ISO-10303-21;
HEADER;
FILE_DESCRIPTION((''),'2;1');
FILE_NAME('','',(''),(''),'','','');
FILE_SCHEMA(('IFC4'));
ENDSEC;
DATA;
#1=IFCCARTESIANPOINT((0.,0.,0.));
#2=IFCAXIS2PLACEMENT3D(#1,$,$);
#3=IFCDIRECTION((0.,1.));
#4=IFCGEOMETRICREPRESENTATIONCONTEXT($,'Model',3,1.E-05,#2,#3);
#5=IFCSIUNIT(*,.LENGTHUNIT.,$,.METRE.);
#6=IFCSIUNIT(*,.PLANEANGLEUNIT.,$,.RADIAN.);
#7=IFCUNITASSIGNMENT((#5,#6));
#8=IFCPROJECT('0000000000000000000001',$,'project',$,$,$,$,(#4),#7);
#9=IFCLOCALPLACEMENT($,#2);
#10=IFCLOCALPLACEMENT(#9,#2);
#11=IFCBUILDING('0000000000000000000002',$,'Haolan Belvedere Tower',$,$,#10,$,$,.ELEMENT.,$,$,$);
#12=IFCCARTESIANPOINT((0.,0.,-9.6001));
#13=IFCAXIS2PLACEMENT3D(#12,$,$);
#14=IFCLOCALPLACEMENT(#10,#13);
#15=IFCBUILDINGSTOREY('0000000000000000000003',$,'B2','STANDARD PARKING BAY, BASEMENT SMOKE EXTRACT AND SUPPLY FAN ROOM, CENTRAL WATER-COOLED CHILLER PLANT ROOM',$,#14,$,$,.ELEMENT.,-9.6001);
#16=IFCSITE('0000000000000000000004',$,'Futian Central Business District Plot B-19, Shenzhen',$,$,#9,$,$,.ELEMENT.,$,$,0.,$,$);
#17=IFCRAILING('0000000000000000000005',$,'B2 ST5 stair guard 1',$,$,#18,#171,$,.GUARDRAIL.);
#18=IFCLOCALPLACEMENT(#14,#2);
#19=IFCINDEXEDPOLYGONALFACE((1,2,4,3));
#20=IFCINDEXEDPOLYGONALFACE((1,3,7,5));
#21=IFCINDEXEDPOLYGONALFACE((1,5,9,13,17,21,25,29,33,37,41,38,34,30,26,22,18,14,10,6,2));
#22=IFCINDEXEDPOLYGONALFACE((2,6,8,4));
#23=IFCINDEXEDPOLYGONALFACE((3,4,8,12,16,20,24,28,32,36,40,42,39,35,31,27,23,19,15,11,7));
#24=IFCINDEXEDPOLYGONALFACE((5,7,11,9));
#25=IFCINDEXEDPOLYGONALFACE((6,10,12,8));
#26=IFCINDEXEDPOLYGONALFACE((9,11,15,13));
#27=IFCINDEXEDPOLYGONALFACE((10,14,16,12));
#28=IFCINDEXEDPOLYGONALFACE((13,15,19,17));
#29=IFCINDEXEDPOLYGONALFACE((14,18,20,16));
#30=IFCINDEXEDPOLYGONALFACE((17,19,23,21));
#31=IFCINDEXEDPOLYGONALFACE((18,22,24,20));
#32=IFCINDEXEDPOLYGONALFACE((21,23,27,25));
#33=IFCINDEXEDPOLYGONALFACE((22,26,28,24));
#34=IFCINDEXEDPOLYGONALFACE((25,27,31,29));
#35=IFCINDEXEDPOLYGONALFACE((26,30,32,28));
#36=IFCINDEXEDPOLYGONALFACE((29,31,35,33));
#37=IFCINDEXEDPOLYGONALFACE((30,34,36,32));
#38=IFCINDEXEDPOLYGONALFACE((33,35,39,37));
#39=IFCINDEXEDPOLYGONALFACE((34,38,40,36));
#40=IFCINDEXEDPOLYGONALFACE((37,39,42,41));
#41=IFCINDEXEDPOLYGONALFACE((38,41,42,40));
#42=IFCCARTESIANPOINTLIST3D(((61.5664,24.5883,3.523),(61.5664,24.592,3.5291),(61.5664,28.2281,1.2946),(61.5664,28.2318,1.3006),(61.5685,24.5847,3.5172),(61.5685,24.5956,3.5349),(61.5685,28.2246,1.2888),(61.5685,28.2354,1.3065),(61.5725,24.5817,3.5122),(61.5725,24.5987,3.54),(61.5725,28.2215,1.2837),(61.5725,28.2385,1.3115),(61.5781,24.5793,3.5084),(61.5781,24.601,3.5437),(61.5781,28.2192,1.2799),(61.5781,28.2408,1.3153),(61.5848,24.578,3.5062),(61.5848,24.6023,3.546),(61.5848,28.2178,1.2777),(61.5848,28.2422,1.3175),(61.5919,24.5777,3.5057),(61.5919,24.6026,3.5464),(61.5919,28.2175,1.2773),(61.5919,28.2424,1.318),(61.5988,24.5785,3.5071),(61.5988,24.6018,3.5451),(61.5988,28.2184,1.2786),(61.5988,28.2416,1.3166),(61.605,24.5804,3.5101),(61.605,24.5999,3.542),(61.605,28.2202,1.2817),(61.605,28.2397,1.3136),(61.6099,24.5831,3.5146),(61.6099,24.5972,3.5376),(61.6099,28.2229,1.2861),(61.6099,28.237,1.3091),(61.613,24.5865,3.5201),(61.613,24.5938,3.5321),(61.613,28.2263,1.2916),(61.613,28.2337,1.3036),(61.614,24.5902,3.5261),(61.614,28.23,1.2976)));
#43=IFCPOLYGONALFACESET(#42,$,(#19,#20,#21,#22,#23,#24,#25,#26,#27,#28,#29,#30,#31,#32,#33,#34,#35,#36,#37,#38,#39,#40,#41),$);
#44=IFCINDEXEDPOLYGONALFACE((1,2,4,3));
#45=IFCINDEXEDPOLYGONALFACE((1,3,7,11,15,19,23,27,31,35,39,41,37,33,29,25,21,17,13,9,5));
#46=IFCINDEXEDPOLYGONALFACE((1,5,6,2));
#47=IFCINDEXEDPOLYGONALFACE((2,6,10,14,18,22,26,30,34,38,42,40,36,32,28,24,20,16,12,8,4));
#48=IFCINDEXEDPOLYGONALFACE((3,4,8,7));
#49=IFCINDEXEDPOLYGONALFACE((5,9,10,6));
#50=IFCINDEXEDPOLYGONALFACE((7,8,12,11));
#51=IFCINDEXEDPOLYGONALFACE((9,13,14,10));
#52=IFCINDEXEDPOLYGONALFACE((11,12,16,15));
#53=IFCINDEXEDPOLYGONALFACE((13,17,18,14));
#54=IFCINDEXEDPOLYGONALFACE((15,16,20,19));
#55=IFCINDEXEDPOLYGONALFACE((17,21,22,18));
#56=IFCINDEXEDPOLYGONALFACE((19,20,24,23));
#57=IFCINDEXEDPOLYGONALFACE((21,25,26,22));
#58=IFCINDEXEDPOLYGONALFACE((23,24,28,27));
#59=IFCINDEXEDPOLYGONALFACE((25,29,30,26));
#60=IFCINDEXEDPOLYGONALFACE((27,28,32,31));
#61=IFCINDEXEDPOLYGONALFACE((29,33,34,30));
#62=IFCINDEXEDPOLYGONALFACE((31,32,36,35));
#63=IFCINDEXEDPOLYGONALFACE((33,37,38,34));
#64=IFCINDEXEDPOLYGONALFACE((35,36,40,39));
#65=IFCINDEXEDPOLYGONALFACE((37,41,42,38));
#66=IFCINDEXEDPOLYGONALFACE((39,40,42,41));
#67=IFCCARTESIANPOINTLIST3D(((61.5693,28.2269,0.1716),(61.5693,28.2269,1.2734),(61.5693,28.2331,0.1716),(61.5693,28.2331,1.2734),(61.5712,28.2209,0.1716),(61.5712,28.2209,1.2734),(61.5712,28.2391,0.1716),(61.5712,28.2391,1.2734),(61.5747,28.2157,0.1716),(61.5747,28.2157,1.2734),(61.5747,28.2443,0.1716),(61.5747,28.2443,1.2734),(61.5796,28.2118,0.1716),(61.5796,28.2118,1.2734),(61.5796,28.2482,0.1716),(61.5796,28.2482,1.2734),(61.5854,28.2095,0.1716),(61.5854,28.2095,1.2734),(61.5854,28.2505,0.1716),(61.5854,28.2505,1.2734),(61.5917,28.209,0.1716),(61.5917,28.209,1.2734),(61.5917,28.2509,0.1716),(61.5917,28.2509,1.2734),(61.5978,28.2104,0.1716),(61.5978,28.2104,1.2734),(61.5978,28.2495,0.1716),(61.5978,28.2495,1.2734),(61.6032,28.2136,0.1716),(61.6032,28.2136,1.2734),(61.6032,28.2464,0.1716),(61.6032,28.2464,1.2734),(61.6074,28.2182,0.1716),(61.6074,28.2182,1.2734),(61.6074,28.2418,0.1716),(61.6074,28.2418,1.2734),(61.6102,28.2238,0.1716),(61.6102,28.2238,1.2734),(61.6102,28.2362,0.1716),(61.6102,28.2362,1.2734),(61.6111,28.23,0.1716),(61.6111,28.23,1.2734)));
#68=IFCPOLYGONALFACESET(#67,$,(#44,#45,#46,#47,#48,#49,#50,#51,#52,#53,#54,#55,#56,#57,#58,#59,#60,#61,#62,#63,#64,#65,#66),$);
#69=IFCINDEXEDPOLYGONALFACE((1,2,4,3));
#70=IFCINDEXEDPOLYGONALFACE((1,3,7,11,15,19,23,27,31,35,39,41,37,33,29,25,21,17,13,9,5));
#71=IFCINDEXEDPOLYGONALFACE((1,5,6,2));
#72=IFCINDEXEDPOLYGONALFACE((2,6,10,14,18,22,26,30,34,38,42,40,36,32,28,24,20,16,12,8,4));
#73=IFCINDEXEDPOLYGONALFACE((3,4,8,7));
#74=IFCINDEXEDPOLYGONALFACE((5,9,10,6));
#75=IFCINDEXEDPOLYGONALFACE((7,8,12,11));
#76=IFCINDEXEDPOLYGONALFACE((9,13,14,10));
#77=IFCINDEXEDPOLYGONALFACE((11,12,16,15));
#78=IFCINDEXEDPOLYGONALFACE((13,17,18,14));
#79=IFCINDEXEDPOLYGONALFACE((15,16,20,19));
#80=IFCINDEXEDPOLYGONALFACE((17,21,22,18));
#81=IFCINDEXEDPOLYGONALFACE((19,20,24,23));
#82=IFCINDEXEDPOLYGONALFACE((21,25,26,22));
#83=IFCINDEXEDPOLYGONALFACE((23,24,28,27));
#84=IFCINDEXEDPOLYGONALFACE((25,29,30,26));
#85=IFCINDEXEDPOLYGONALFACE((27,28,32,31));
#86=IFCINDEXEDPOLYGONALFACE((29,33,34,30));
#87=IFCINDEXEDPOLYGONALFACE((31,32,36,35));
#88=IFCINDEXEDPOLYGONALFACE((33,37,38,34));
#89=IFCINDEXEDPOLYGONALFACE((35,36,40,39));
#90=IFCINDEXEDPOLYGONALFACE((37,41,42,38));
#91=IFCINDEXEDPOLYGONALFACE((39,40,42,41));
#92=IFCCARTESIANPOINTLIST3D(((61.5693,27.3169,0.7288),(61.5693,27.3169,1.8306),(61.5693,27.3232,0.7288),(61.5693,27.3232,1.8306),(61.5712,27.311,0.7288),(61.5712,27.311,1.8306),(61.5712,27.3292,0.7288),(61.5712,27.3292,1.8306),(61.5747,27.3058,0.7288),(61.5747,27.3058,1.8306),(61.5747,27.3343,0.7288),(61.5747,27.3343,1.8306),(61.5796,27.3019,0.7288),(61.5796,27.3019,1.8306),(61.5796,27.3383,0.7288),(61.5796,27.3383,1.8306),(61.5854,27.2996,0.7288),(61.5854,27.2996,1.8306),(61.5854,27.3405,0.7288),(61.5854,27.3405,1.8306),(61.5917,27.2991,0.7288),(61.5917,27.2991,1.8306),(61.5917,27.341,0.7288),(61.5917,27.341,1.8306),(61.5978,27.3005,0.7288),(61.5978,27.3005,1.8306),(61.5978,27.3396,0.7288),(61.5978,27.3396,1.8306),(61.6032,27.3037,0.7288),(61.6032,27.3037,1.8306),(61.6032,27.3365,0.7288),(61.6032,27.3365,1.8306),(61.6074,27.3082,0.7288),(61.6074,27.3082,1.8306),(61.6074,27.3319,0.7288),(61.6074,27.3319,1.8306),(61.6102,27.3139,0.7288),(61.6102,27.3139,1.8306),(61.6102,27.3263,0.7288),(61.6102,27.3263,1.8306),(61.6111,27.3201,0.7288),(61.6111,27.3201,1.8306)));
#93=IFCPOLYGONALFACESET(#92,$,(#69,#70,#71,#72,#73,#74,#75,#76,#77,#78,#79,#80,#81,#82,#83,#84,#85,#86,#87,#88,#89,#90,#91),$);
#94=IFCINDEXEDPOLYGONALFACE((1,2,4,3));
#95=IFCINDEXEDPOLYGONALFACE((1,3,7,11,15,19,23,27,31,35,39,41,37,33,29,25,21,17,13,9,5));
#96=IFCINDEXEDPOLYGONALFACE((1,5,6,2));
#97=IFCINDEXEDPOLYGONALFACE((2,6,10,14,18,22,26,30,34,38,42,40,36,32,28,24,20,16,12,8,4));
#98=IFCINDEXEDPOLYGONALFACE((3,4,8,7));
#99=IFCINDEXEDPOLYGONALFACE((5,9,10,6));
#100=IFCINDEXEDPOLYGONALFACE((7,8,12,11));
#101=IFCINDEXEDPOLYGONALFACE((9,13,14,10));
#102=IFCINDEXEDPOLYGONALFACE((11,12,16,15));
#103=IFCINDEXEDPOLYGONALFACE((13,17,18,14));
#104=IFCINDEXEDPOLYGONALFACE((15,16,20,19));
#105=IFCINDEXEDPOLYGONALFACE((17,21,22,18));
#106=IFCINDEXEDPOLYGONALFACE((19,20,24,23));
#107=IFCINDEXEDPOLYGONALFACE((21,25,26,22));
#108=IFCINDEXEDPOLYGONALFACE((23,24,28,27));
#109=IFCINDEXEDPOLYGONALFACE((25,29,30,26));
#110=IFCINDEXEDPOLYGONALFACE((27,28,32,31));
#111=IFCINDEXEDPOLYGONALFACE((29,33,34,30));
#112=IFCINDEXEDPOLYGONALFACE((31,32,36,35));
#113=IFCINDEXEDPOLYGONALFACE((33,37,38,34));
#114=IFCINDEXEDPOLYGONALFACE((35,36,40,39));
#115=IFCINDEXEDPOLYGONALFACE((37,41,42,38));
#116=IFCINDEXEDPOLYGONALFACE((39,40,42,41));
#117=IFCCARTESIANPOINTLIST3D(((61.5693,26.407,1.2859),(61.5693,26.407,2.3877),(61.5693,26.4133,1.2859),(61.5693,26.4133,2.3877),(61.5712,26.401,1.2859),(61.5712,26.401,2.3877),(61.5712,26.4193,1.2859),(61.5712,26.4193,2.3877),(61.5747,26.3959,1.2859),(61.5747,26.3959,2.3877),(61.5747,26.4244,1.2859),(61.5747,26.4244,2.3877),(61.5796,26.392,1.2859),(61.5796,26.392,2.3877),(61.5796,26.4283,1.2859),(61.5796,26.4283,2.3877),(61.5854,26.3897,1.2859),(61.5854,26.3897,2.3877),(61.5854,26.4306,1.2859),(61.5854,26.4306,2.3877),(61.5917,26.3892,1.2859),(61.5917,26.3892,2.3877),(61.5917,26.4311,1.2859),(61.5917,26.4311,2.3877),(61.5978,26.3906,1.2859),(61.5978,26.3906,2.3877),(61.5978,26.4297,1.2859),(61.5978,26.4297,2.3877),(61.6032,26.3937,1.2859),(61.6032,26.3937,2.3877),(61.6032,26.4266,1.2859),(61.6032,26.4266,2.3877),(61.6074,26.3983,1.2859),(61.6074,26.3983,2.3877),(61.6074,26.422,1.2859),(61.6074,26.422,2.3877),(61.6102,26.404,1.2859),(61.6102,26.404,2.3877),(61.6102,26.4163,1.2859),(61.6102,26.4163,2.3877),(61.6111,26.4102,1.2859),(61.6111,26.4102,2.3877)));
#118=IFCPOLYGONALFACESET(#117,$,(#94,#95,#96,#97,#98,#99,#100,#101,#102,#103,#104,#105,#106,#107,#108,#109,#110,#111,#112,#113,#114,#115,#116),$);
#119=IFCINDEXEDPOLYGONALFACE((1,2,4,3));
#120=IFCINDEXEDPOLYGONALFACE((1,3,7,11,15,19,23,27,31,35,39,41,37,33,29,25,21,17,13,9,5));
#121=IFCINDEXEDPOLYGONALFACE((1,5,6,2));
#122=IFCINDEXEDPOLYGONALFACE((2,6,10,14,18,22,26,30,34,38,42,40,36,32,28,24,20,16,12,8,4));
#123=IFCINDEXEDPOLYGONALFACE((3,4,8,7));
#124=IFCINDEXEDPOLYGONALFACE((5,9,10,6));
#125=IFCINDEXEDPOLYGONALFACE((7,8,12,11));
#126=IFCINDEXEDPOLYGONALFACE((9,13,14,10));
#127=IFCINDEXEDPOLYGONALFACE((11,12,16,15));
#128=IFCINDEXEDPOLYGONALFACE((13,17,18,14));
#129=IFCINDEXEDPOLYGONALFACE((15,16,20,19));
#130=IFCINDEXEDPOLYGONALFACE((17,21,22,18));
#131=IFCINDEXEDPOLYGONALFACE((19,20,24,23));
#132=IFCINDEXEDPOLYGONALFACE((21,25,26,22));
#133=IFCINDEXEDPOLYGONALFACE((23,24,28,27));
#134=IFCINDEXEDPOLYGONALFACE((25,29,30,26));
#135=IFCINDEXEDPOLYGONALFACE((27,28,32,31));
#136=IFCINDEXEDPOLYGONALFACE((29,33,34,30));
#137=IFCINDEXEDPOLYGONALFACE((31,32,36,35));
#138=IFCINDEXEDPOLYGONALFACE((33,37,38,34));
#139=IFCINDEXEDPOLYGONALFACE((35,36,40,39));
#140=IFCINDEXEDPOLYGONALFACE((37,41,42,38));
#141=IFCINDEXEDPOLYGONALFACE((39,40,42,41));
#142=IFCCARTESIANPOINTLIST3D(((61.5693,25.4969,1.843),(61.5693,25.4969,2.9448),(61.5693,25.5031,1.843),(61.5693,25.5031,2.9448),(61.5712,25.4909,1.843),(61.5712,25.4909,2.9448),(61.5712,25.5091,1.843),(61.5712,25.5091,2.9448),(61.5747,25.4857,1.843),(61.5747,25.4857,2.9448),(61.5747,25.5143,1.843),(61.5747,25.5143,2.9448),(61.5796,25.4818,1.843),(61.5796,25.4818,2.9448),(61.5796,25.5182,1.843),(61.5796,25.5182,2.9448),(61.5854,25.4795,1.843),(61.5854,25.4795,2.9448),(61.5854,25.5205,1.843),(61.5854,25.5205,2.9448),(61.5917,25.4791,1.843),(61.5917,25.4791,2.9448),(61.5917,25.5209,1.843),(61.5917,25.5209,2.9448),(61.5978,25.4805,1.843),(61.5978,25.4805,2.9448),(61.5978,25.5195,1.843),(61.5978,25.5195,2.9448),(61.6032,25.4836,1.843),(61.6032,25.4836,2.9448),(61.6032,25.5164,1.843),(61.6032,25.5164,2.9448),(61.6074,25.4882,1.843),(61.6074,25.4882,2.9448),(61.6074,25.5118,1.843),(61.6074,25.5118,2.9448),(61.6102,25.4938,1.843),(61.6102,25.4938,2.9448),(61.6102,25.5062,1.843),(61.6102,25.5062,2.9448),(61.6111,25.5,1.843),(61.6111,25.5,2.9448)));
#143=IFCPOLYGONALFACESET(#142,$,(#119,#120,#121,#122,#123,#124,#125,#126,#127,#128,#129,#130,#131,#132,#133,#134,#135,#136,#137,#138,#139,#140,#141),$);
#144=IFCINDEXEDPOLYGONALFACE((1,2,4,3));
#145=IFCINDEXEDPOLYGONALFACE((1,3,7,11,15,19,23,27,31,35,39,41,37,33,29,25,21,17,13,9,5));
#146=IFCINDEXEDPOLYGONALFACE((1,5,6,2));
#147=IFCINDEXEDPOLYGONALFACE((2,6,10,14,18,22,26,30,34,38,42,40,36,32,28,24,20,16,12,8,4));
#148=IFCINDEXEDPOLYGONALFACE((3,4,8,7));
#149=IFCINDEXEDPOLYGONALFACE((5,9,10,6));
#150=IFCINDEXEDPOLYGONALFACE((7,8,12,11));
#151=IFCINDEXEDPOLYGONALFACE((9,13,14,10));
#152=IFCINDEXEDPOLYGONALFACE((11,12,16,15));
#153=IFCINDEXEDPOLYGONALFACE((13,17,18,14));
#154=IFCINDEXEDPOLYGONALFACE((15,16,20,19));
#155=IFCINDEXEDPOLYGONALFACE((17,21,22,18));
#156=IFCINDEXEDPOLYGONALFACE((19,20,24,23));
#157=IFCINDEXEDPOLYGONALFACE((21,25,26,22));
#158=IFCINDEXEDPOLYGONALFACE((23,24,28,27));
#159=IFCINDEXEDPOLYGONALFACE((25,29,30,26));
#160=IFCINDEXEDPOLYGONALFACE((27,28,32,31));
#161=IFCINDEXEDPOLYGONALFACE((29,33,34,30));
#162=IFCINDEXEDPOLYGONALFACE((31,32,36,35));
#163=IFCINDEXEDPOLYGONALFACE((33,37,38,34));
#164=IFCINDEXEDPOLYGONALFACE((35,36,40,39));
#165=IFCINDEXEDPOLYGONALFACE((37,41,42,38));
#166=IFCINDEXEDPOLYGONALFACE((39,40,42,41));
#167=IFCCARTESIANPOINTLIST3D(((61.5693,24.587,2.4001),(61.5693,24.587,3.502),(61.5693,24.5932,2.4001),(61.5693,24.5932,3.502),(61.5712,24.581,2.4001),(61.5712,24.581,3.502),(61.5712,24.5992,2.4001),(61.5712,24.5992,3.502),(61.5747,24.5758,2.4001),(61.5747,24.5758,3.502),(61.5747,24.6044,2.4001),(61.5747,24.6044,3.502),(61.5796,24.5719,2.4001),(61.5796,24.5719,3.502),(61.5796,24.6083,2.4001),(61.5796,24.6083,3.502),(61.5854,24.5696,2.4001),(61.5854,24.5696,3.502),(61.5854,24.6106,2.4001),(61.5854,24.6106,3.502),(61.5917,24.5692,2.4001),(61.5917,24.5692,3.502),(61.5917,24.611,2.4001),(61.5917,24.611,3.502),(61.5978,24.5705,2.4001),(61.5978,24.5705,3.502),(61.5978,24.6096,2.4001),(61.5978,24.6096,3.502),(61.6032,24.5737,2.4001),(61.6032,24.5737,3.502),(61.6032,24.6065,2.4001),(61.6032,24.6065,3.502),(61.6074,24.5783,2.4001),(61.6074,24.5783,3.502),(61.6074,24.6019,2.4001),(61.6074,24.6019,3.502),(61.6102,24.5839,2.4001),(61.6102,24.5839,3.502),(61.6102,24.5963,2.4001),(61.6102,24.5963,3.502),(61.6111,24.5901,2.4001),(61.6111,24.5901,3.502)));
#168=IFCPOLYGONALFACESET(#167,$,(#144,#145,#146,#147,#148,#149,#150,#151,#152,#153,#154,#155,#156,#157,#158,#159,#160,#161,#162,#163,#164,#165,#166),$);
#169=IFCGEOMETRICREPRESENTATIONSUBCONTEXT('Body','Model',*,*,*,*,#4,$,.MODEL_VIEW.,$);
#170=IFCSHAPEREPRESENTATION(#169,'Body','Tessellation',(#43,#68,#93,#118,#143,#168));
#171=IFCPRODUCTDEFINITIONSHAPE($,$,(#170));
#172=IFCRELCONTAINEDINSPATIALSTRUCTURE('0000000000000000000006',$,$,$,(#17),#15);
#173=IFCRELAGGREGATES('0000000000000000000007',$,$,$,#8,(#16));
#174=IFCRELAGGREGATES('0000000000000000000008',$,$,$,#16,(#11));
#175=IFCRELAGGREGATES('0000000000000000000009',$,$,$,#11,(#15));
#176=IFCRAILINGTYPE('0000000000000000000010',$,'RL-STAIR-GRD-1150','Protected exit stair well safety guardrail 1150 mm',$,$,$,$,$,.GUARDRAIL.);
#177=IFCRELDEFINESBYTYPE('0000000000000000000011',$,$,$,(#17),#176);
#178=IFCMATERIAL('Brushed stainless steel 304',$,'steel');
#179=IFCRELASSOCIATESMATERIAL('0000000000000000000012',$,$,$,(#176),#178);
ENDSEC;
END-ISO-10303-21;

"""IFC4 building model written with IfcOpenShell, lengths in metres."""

from ifc_helpers import new_model, si_unit, direction, frame, origin, origin_2d, place, context, subcontext, project, spatial, circle, extrude, material, type_object, element, save


model = new_model("IFC4")

# Units and contexts
model_context = context("Model", 3, precision=1e-05, world=origin(), true_north=direction((0.0, 1.0)))
body_context = subcontext(model_context, "Body", "Model", "MODEL_VIEW")
ifc_project = project(units=[si_unit("LENGTHUNIT", "METRE"), si_unit("PLANEANGLEUNIT", "RADIAN")], contexts=[model_context])

# Site, building, storey
site_placement = place(None, origin())
site = spatial("IfcSite", under=ifc_project, at=site_placement, Name="Futian Central Business District Plot B-19, Shenzhen", CompositionType="ELEMENT", RefElevation=0.0)
building_placement = place(site_placement, origin())
building = spatial("IfcBuilding", under=site, at=building_placement, Name="Haolan Belvedere Tower", CompositionType="ELEMENT")
storey_placement = place(building_placement, frame((0.0, 0.0, -9.6001)))
storey = spatial("IfcBuildingStorey", under=building, at=storey_placement, Name="B2", Description="STANDARD PARKING BAY, BASEMENT SMOKE EXTRACT AND SUPPLY FAN ROOM, CENTRAL WATER-COOLED CHILLER PLANT ROOM", CompositionType="ELEMENT", Elevation=-9.6001)

# Railing
ifc_material_1 = material(Name="Brushed stainless steel 304", Category="steel")
railing_type_1 = type_object("IfcRailingType", Name="RL-STAIR-GRD-1150", Description="Protected exit stair well safety guardrail 1150 mm", PredefinedType="GUARDRAIL", material=ifc_material_1)
railing_1_placement = place(storey_placement, frame((61.5901, 28.23, 0.1716)))
element("IfcRailing", 1, at=railing_1_placement, inside=storey, type_object=railing_type_1, Name="B2 ST5 stair guard 1", PredefinedType="GUARDRAIL", context=body_context, shape_type="SweptSolid", body=[
    extrude(circle(Radius=0.0239, at=origin_2d()), frame((0.0, 0.0, 1.126), z_axis=(0.0, -0.85285, 0.522156), x_axis=(1.0, 0.0, 0.0)), (0.0, 0.0, 1.0), 4.2678),
    extrude(circle(Radius=0.021, at=origin_2d()), origin(), (0.0, 0.0, 1.0), 1.1018),
    extrude(circle(Radius=0.021, at=origin_2d()), frame((0.0, -0.9099, 0.5571)), (0.0, 0.0, 1.0), 1.1018),
    extrude(circle(Radius=0.021, at=origin_2d()), frame((0.0, -1.8198, 1.1143)), (0.0, 0.0, 1.0), 1.1018),
    extrude(circle(Radius=0.021, at=origin_2d()), frame((0.0, -2.73, 1.6714)), (0.0, 0.0, 1.0), 1.1018),
    extrude(circle(Radius=0.021, at=origin_2d()), frame((0.0, -3.6399, 2.2285)), (0.0, 0.0, 1.0), 1.1018),
])

save(model, "model.ifc")
